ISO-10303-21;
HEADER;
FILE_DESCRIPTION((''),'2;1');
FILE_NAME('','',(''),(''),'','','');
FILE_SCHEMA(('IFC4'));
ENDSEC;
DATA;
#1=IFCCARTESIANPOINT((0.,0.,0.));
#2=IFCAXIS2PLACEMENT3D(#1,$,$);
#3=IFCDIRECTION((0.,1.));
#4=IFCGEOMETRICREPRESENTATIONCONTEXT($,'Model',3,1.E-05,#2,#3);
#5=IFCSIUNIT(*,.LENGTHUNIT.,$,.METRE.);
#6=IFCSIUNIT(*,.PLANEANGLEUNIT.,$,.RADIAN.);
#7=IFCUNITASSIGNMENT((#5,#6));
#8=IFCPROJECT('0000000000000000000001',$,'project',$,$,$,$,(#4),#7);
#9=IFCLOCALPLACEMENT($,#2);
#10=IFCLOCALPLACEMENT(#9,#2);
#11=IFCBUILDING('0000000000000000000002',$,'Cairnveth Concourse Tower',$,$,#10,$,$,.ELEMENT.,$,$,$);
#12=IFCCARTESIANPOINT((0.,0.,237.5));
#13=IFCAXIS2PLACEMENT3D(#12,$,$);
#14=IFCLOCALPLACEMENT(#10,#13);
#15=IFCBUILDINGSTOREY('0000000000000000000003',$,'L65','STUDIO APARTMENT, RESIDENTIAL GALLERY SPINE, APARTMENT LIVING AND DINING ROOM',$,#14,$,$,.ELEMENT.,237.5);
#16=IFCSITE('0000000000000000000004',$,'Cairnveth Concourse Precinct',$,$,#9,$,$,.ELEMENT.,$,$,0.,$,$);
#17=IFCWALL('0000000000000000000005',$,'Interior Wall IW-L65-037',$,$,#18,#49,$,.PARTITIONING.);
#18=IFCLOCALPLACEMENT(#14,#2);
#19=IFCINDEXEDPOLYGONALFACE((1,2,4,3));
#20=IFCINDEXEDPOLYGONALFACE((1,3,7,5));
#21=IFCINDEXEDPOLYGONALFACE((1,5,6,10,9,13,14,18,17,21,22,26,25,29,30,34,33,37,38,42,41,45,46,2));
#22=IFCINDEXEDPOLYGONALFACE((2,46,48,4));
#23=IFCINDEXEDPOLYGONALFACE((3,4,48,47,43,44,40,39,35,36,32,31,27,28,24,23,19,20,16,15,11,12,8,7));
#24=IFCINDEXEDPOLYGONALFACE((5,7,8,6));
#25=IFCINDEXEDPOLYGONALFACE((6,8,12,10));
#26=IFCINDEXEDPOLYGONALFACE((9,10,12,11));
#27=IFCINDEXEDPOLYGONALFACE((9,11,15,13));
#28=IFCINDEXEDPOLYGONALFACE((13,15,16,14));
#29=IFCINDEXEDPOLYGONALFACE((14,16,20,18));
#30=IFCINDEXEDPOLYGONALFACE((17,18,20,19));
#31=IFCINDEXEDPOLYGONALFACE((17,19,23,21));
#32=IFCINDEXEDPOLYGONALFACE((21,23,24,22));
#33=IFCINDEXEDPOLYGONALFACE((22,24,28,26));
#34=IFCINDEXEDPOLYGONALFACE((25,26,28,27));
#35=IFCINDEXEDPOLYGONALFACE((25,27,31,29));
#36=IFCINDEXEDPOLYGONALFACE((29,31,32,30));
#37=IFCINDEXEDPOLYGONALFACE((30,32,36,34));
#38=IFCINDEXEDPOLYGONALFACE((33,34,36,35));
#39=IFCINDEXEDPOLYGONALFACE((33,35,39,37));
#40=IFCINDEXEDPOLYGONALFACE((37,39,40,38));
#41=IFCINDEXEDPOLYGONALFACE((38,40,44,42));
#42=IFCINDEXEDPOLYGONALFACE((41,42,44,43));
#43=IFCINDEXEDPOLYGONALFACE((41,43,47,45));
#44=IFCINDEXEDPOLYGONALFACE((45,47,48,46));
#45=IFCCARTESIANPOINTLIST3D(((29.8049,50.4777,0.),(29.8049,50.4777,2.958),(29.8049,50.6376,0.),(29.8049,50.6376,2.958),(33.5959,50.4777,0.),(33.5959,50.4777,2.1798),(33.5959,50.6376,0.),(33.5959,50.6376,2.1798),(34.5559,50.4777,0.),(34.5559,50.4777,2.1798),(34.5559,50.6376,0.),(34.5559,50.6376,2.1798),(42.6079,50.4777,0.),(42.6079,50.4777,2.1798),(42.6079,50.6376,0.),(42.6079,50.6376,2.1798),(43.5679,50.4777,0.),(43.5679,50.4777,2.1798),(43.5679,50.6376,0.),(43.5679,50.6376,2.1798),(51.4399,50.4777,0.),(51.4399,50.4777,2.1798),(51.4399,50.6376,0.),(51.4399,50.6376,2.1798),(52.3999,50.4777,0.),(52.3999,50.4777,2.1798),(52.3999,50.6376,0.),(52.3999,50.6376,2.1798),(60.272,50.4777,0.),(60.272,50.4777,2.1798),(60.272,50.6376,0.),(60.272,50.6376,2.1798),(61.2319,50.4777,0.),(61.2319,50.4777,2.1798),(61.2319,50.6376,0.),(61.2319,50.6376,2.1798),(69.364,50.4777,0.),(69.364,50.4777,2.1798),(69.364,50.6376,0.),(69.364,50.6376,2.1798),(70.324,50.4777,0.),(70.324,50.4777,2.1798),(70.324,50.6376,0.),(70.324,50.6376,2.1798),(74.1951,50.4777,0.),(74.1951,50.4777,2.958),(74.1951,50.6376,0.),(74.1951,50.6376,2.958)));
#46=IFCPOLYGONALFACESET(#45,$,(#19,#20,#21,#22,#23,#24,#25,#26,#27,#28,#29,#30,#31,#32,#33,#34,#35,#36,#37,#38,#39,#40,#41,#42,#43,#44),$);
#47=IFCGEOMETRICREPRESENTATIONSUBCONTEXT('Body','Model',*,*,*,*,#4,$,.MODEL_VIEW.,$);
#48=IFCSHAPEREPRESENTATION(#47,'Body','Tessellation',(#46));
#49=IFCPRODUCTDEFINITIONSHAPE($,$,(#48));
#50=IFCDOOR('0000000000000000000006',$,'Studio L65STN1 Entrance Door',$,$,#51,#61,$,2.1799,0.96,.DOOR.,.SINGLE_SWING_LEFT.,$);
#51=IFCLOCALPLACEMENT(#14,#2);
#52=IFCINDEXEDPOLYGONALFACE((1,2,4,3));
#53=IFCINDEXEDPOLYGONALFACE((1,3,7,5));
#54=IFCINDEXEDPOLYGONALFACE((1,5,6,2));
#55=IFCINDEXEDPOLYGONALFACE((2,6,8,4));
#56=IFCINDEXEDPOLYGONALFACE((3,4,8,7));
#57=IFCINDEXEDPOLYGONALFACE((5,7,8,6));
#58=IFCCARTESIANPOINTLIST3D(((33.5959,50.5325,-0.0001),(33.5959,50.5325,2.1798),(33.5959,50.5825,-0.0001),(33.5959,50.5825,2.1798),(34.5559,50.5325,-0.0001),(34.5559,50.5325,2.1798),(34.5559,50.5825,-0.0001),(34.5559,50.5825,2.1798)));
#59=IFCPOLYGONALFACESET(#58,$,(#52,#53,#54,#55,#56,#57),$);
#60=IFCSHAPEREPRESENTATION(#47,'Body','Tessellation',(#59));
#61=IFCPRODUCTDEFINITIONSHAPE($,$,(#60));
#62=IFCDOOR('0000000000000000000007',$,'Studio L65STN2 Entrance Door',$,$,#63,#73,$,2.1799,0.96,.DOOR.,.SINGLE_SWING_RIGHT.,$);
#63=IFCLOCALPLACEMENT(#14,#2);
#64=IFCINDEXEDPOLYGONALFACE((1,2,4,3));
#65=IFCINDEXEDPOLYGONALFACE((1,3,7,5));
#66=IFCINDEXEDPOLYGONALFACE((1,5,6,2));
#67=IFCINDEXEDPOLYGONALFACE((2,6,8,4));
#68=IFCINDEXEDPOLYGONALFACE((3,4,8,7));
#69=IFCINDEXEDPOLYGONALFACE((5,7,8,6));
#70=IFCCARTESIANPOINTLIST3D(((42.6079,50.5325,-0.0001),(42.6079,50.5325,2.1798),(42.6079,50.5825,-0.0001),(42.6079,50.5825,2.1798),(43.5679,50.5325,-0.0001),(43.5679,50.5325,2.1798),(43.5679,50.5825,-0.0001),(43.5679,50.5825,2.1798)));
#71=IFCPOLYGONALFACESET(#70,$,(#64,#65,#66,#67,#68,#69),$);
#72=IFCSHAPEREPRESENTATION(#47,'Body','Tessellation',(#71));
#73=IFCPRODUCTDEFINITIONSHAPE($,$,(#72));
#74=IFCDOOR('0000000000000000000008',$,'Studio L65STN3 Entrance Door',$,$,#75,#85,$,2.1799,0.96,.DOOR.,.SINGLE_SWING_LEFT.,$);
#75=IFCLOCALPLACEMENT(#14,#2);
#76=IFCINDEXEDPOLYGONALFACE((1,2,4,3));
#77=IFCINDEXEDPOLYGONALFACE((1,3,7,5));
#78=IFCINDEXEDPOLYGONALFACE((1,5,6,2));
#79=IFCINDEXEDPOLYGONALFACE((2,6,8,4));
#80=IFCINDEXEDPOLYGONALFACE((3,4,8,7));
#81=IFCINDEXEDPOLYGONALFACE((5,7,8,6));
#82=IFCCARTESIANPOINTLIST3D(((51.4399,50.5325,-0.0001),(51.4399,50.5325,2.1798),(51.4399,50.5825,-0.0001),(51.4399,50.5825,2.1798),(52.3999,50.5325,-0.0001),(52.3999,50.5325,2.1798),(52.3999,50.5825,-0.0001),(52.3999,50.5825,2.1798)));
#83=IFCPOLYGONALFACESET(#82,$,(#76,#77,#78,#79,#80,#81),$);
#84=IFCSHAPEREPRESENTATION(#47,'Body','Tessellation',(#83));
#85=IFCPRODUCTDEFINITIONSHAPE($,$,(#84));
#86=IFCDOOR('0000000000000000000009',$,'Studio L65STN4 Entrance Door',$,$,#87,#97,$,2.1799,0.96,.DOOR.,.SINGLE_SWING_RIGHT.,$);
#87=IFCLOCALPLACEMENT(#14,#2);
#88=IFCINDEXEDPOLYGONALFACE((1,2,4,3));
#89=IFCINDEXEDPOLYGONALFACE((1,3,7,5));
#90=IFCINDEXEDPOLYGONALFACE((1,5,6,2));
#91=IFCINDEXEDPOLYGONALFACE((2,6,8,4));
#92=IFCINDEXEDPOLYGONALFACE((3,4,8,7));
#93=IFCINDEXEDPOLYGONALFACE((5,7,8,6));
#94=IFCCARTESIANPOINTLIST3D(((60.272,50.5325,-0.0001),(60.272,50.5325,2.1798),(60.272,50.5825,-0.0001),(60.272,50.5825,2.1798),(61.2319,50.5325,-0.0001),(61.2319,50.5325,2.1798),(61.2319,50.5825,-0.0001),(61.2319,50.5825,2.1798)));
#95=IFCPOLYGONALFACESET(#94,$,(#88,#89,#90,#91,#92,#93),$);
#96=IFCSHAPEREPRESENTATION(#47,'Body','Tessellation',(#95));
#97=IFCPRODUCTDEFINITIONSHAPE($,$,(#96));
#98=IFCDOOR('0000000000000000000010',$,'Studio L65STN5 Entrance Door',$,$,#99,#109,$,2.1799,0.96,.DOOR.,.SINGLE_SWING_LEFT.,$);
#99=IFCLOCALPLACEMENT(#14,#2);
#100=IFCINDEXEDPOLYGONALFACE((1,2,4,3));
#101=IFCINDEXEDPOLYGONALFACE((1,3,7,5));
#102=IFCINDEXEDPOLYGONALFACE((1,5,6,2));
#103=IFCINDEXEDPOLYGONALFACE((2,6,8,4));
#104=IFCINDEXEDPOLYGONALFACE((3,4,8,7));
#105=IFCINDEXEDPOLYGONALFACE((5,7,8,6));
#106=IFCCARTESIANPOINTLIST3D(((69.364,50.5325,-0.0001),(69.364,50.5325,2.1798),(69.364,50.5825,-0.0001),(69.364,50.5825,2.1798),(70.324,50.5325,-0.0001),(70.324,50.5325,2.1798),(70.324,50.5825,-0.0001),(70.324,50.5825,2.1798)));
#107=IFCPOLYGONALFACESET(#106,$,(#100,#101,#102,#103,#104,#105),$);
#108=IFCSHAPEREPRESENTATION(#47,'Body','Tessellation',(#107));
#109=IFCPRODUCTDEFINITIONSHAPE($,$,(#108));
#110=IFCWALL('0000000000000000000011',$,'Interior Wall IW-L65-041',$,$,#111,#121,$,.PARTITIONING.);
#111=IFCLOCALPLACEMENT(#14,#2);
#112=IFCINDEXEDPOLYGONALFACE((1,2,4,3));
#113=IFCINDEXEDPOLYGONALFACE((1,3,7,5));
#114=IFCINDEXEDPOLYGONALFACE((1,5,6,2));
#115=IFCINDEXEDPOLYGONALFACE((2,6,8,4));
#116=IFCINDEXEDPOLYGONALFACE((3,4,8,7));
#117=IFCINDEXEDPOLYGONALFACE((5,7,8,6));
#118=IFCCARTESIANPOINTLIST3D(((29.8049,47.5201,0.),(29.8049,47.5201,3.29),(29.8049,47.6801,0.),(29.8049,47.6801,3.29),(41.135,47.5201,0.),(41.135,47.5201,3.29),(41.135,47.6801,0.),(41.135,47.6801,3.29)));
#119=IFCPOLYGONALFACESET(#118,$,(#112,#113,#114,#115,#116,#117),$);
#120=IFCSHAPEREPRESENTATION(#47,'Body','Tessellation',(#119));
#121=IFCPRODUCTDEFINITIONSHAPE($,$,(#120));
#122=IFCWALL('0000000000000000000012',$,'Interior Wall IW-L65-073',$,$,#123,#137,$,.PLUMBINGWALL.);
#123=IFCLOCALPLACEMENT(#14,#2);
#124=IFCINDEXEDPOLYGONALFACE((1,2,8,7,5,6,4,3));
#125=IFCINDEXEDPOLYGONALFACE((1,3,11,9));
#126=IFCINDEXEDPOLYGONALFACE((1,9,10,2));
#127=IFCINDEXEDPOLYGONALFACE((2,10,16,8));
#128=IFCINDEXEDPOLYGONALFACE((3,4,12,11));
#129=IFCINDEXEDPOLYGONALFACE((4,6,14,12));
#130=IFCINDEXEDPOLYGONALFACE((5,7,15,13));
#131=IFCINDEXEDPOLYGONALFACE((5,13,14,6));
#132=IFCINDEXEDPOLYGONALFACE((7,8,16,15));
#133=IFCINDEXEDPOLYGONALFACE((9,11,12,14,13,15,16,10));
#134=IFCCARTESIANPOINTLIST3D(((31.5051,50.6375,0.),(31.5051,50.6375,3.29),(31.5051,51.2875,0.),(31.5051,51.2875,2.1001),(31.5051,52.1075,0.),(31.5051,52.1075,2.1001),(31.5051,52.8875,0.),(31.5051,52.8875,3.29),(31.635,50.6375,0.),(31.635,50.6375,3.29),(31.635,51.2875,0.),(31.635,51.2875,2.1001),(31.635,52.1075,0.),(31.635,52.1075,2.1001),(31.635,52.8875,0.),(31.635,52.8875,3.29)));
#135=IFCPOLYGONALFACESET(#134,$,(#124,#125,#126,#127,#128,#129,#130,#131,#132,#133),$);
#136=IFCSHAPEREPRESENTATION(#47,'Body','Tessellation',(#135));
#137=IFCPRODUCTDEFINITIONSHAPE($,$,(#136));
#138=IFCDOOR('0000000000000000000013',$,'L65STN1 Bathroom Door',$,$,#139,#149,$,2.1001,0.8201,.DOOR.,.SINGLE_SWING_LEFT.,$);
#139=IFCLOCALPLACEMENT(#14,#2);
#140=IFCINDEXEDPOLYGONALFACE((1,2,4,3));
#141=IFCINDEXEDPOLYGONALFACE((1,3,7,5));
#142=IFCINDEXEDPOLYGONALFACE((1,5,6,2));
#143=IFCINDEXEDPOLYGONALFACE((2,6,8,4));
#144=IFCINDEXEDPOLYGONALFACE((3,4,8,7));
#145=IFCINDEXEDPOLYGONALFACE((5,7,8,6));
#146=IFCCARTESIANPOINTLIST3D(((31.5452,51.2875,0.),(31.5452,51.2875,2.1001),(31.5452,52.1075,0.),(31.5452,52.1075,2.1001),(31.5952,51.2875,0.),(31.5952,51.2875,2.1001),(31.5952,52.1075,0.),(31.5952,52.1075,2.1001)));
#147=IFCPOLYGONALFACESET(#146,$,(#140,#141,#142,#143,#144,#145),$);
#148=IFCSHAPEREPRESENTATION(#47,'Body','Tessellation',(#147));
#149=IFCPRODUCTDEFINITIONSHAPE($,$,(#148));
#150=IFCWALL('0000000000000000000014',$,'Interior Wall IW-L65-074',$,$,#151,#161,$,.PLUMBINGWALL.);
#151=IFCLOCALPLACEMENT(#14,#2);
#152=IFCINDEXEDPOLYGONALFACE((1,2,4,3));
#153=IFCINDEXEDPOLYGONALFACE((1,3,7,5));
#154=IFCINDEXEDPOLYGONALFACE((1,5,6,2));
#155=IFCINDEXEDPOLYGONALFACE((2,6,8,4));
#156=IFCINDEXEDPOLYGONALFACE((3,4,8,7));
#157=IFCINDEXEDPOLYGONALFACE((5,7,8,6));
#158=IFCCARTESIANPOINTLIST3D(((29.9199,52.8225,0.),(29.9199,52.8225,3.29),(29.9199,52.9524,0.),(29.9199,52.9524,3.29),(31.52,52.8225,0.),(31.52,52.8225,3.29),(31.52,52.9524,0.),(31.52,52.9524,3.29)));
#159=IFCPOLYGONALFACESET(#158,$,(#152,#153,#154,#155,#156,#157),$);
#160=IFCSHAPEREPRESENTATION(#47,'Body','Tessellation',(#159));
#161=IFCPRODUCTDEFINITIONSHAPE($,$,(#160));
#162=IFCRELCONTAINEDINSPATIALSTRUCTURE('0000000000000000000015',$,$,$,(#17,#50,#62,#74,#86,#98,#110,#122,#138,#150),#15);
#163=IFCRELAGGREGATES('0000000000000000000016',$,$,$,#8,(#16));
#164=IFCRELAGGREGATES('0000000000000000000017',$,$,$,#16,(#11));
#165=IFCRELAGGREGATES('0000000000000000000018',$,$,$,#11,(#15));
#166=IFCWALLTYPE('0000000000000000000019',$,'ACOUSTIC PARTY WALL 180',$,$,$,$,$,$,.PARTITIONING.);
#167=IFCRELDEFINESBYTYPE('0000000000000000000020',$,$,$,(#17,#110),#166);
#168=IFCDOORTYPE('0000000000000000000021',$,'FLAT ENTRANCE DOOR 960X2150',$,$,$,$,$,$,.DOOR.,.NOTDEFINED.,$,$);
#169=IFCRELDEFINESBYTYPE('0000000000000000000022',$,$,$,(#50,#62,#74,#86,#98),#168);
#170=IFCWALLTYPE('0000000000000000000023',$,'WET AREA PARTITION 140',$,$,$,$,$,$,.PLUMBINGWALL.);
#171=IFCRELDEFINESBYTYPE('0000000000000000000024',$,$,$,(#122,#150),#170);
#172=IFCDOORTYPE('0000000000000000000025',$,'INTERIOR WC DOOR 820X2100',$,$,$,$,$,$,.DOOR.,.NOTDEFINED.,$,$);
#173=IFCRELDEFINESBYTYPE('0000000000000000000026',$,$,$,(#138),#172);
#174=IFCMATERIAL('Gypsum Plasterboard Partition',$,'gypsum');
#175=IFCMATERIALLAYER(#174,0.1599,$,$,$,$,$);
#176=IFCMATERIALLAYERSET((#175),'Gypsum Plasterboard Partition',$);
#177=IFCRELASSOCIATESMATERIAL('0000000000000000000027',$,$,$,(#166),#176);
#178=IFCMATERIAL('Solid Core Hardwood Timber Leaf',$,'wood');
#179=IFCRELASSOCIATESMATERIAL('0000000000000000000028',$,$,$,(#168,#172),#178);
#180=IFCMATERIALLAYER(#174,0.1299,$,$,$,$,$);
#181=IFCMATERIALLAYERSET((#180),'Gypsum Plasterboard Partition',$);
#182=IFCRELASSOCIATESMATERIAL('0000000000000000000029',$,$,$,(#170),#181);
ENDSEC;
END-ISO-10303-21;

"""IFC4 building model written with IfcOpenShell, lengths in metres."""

from ifc_helpers import new_model, si_unit, direction, frame, frame_2d, origin, place, context, subcontext, project, spatial, rectangle, extrude, material, layer, layer_set, type_object, element, fill, save


model = new_model("IFC4")

# Units and contexts
model_context = context("Model", 3, precision=1e-05, world=origin(), true_north=direction((0.0, 1.0)))
body_context = subcontext(model_context, "Body", "Model", "MODEL_VIEW")
ifc_project = project(units=[si_unit("LENGTHUNIT", "METRE"), si_unit("PLANEANGLEUNIT", "RADIAN")], contexts=[model_context])

# Site, building, storey
site_placement = place(None, origin())
site = spatial("IfcSite", under=ifc_project, at=site_placement, Name="Cairnveth Concourse Precinct", CompositionType="ELEMENT", RefElevation=0.0)
building_placement = place(site_placement, origin())
building = spatial("IfcBuilding", under=site, at=building_placement, Name="Cairnveth Concourse Tower", CompositionType="ELEMENT")
storey_placement = place(building_placement, frame((0.0, 0.0, 237.5)))
storey = spatial("IfcBuildingStorey", under=building, at=storey_placement, Name="L65", Description="STUDIO APARTMENT, RESIDENTIAL GALLERY SPINE, APARTMENT LIVING AND DINING ROOM", CompositionType="ELEMENT", Elevation=237.5)

# Wall, openings, doors
ifc_material_1 = material(Name="Gypsum Plasterboard Partition", Category="gypsum")
ifc_layer_1 = layer(ifc_material_1, 0.1599)
ifc_layer_set_1 = layer_set([ifc_layer_1], Name="Gypsum Plasterboard Partition")
wall_type_1 = type_object("IfcWallType", Name="ACOUSTIC PARTY WALL 180", PredefinedType="PARTITIONING", material=ifc_layer_set_1)
wall_1_placement = place(storey_placement, frame((29.8049, 50.5576, 0.0), z_axis=(0.0, 0.0, 1.0), x_axis=(1.0, 0.0, 0.0)))
wall_1 = element("IfcWall", 1, at=wall_1_placement, inside=storey, type_object=wall_type_1, Name="Interior Wall IW-L65-037", PredefinedType="PARTITIONING", context=body_context, shape_type="SweptSolid", body=[
    extrude(rectangle(XDim=44.3901, YDim=0.1599, at=frame_2d((22.1951, 0.0))), origin(), (0.0, 0.0, 1.0), 2.958),
])
opening_1_placement = place(wall_1_placement, frame((3.791, 0.0, 0.0)))
opening_1 = element("IfcOpeningElement", 2, at=opening_1_placement, cuts=wall_1, PredefinedType="OPENING", context=body_context, shape_type="SweptSolid", body=[
    extrude(rectangle(XDim=0.96, YDim=2.1799, at=frame_2d((0.48, 1.0898))), frame((0.0, 0.0898, 0.0), z_axis=(0.0, -1.0, 0.0), x_axis=(1.0, 0.0, 0.0)), (0.0, 0.0, 1.0), 0.1799),
])
opening_2_placement = place(wall_1_placement, frame((12.803, 0.0, 0.0)))
opening_2 = element("IfcOpeningElement", 3, at=opening_2_placement, cuts=wall_1, PredefinedType="OPENING", context=body_context, shape_type="SweptSolid", body=[
    extrude(rectangle(XDim=0.96, YDim=2.1799, at=frame_2d((0.48, 1.0898))), frame((0.0, 0.0898, 0.0), z_axis=(0.0, -1.0, 0.0), x_axis=(1.0, 0.0, 0.0)), (0.0, 0.0, 1.0), 0.1799),
])
opening_3_placement = place(wall_1_placement, frame((21.635, 0.0, 0.0)))
opening_3 = element("IfcOpeningElement", 4, at=opening_3_placement, cuts=wall_1, PredefinedType="OPENING", context=body_context, shape_type="SweptSolid", body=[
    extrude(rectangle(XDim=0.96, YDim=2.1799, at=frame_2d((0.48, 1.0898))), frame((0.0, 0.0898, 0.0), z_axis=(0.0, -1.0, 0.0), x_axis=(1.0, 0.0, 0.0)), (0.0, 0.0, 1.0), 0.1799),
])
opening_4_placement = place(wall_1_placement, frame((30.467, 0.0, 0.0)))
opening_4 = element("IfcOpeningElement", 5, at=opening_4_placement, cuts=wall_1, PredefinedType="OPENING", context=body_context, shape_type="SweptSolid", body=[
    extrude(rectangle(XDim=0.96, YDim=2.1799, at=frame_2d((0.48, 1.0898))), frame((0.0, 0.0898, 0.0), z_axis=(0.0, -1.0, 0.0), x_axis=(1.0, 0.0, 0.0)), (0.0, 0.0, 1.0), 0.1799),
])
opening_5_placement = place(wall_1_placement, frame((39.5591, 0.0, 0.0)))
opening_5 = element("IfcOpeningElement", 6, at=opening_5_placement, cuts=wall_1, PredefinedType="OPENING", context=body_context, shape_type="SweptSolid", body=[
    extrude(rectangle(XDim=0.96, YDim=2.1799, at=frame_2d((0.48, 1.0898))), frame((0.0, 0.0898, 0.0), z_axis=(0.0, -1.0, 0.0), x_axis=(1.0, 0.0, 0.0)), (0.0, 0.0, 1.0), 0.1799),
])
ifc_material_2 = material(Name="Solid Core Hardwood Timber Leaf", Category="wood")
door_type_1 = type_object("IfcDoorType", Name="FLAT ENTRANCE DOOR 960X2150", OperationType="NOTDEFINED", PredefinedType="DOOR", material=ifc_material_2)
door_1_placement = place(opening_1_placement, origin())
door_1 = element("IfcDoor", 7, at=door_1_placement, inside=storey, type_object=door_type_1, Name="Studio L65STN1 Entrance Door", OperationType="SINGLE_SWING_LEFT", OverallHeight=2.1799, OverallWidth=0.96, PredefinedType="DOOR", context=body_context, shape_type="SweptSolid", body=[
    extrude(rectangle(XDim=0.96, YDim=2.1799, at=frame_2d((0.48, 1.0898))), frame((0.0, 0.0249, 0.0), z_axis=(0.0, -1.0, 0.0), x_axis=(1.0, 0.0, 0.0)), (0.0, 0.0, 1.0), 0.05),
])
fill(opening_1, door_1)
door_2_placement = place(opening_2_placement, origin())
door_2 = element("IfcDoor", 8, at=door_2_placement, inside=storey, type_object=door_type_1, Name="Studio L65STN2 Entrance Door", OperationType="SINGLE_SWING_RIGHT", OverallHeight=2.1799, OverallWidth=0.96, PredefinedType="DOOR", context=body_context, shape_type="SweptSolid", body=[
    extrude(rectangle(XDim=0.96, YDim=2.1799, at=frame_2d((0.48, 1.0898))), frame((0.0, 0.0249, 0.0), z_axis=(0.0, -1.0, 0.0), x_axis=(1.0, 0.0, 0.0)), (0.0, 0.0, 1.0), 0.05),
])
fill(opening_2, door_2)
door_3_placement = place(opening_3_placement, origin())
door_3 = element("IfcDoor", 9, at=door_3_placement, inside=storey, type_object=door_type_1, Name="Studio L65STN3 Entrance Door", OperationType="SINGLE_SWING_LEFT", OverallHeight=2.1799, OverallWidth=0.96, PredefinedType="DOOR", context=body_context, shape_type="SweptSolid", body=[
    extrude(rectangle(XDim=0.96, YDim=2.1799, at=frame_2d((0.48, 1.0898))), frame((0.0, 0.0249, 0.0), z_axis=(0.0, -1.0, 0.0), x_axis=(1.0, 0.0, 0.0)), (0.0, 0.0, 1.0), 0.05),
])
fill(opening_3, door_3)
door_4_placement = place(opening_4_placement, origin())
door_4 = element("IfcDoor", 10, at=door_4_placement, inside=storey, type_object=door_type_1, Name="Studio L65STN4 Entrance Door", OperationType="SINGLE_SWING_RIGHT", OverallHeight=2.1799, OverallWidth=0.96, PredefinedType="DOOR", context=body_context, shape_type="SweptSolid", body=[
    extrude(rectangle(XDim=0.96, YDim=2.1799, at=frame_2d((0.48, 1.0898))), frame((0.0, 0.0249, 0.0), z_axis=(0.0, -1.0, 0.0), x_axis=(1.0, 0.0, 0.0)), (0.0, 0.0, 1.0), 0.05),
])
fill(opening_4, door_4)
door_5_placement = place(opening_5_placement, origin())
door_5 = element("IfcDoor", 11, at=door_5_placement, inside=storey, type_object=door_type_1, Name="Studio L65STN5 Entrance Door", OperationType="SINGLE_SWING_LEFT", OverallHeight=2.1799, OverallWidth=0.96, PredefinedType="DOOR", context=body_context, shape_type="SweptSolid", body=[
    extrude(rectangle(XDim=0.96, YDim=2.1799, at=frame_2d((0.48, 1.0898))), frame((0.0, 0.0249, 0.0), z_axis=(0.0, -1.0, 0.0), x_axis=(1.0, 0.0, 0.0)), (0.0, 0.0, 1.0), 0.05),
])
fill(opening_5, door_5)

# Wall
wall_2_placement = place(storey_placement, frame((29.8049, 47.6001, 0.0), z_axis=(0.0, 0.0, 1.0), x_axis=(1.0, 0.0, 0.0)))
element("IfcWall", 12, at=wall_2_placement, inside=storey, type_object=wall_type_1, Name="Interior Wall IW-L65-041", PredefinedType="PARTITIONING", context=body_context, shape_type="SweptSolid", body=[
    extrude(rectangle(XDim=11.3301, YDim=0.1599, at=frame_2d((5.665, 0.0))), origin(), (0.0, 0.0, 1.0), 3.29),
])

# Wall, opening, door
ifc_layer_2 = layer(ifc_material_1, 0.1299)
ifc_layer_set_2 = layer_set([ifc_layer_2], Name="Gypsum Plasterboard Partition")
wall_type_2 = type_object("IfcWallType", Name="WET AREA PARTITION 140", PredefinedType="PLUMBINGWALL", material=ifc_layer_set_2)
wall_3_placement = place(storey_placement, frame((31.5701, 50.6375, 0.0), z_axis=(0.0, 0.0, 1.0), x_axis=(0.0, 1.0, 0.0)))
wall_3 = element("IfcWall", 13, at=wall_3_placement, inside=storey, type_object=wall_type_2, Name="Interior Wall IW-L65-073", PredefinedType="PLUMBINGWALL", context=body_context, shape_type="SweptSolid", body=[
    extrude(rectangle(XDim=2.25, YDim=0.1299, at=frame_2d((1.125, 0.0))), origin(), (0.0, 0.0, 1.0), 3.29),
])
opening_6_placement = place(wall_3_placement, frame((0.6499, 0.0, 0.0)))
opening_6 = element("IfcOpeningElement", 14, at=opening_6_placement, cuts=wall_3, PredefinedType="OPENING", context=body_context, shape_type="SweptSolid", body=[
    extrude(rectangle(XDim=0.8201, YDim=2.1001, at=frame_2d((0.4102, 1.05))), frame((0.0, 0.075, 0.0), z_axis=(0.0, -1.0, 0.0), x_axis=(1.0, 0.0, 0.0)), (0.0, 0.0, 1.0), 0.1499),
])
door_type_2 = type_object("IfcDoorType", Name="INTERIOR WC DOOR 820X2100", OperationType="NOTDEFINED", PredefinedType="DOOR", material=ifc_material_2)
door_6_placement = place(opening_6_placement, origin())
door_6 = element("IfcDoor", 15, at=door_6_placement, inside=storey, type_object=door_type_2, Name="L65STN1 Bathroom Door", OperationType="SINGLE_SWING_LEFT", OverallHeight=2.1001, OverallWidth=0.8201, PredefinedType="DOOR", context=body_context, shape_type="SweptSolid", body=[
    extrude(rectangle(XDim=0.8201, YDim=2.1001, at=frame_2d((0.4102, 1.05))), frame((0.0, 0.0249, 0.0), z_axis=(0.0, -1.0, 0.0), x_axis=(1.0, 0.0, 0.0)), (0.0, 0.0, 1.0), 0.05),
])
fill(opening_6, door_6)

# Wall
wall_4_placement = place(storey_placement, frame((29.9199, 52.8875, 0.0), z_axis=(0.0, 0.0, 1.0), x_axis=(1.0, 0.0, 0.0)))
element("IfcWall", 16, at=wall_4_placement, inside=storey, type_object=wall_type_2, Name="Interior Wall IW-L65-074", PredefinedType="PLUMBINGWALL", context=body_context, shape_type="SweptSolid", body=[
    extrude(rectangle(XDim=1.6001, YDim=0.1299, at=frame_2d((0.8, 0.0))), origin(), (0.0, 0.0, 1.0), 3.29),
])

save(model, "model.ifc")
